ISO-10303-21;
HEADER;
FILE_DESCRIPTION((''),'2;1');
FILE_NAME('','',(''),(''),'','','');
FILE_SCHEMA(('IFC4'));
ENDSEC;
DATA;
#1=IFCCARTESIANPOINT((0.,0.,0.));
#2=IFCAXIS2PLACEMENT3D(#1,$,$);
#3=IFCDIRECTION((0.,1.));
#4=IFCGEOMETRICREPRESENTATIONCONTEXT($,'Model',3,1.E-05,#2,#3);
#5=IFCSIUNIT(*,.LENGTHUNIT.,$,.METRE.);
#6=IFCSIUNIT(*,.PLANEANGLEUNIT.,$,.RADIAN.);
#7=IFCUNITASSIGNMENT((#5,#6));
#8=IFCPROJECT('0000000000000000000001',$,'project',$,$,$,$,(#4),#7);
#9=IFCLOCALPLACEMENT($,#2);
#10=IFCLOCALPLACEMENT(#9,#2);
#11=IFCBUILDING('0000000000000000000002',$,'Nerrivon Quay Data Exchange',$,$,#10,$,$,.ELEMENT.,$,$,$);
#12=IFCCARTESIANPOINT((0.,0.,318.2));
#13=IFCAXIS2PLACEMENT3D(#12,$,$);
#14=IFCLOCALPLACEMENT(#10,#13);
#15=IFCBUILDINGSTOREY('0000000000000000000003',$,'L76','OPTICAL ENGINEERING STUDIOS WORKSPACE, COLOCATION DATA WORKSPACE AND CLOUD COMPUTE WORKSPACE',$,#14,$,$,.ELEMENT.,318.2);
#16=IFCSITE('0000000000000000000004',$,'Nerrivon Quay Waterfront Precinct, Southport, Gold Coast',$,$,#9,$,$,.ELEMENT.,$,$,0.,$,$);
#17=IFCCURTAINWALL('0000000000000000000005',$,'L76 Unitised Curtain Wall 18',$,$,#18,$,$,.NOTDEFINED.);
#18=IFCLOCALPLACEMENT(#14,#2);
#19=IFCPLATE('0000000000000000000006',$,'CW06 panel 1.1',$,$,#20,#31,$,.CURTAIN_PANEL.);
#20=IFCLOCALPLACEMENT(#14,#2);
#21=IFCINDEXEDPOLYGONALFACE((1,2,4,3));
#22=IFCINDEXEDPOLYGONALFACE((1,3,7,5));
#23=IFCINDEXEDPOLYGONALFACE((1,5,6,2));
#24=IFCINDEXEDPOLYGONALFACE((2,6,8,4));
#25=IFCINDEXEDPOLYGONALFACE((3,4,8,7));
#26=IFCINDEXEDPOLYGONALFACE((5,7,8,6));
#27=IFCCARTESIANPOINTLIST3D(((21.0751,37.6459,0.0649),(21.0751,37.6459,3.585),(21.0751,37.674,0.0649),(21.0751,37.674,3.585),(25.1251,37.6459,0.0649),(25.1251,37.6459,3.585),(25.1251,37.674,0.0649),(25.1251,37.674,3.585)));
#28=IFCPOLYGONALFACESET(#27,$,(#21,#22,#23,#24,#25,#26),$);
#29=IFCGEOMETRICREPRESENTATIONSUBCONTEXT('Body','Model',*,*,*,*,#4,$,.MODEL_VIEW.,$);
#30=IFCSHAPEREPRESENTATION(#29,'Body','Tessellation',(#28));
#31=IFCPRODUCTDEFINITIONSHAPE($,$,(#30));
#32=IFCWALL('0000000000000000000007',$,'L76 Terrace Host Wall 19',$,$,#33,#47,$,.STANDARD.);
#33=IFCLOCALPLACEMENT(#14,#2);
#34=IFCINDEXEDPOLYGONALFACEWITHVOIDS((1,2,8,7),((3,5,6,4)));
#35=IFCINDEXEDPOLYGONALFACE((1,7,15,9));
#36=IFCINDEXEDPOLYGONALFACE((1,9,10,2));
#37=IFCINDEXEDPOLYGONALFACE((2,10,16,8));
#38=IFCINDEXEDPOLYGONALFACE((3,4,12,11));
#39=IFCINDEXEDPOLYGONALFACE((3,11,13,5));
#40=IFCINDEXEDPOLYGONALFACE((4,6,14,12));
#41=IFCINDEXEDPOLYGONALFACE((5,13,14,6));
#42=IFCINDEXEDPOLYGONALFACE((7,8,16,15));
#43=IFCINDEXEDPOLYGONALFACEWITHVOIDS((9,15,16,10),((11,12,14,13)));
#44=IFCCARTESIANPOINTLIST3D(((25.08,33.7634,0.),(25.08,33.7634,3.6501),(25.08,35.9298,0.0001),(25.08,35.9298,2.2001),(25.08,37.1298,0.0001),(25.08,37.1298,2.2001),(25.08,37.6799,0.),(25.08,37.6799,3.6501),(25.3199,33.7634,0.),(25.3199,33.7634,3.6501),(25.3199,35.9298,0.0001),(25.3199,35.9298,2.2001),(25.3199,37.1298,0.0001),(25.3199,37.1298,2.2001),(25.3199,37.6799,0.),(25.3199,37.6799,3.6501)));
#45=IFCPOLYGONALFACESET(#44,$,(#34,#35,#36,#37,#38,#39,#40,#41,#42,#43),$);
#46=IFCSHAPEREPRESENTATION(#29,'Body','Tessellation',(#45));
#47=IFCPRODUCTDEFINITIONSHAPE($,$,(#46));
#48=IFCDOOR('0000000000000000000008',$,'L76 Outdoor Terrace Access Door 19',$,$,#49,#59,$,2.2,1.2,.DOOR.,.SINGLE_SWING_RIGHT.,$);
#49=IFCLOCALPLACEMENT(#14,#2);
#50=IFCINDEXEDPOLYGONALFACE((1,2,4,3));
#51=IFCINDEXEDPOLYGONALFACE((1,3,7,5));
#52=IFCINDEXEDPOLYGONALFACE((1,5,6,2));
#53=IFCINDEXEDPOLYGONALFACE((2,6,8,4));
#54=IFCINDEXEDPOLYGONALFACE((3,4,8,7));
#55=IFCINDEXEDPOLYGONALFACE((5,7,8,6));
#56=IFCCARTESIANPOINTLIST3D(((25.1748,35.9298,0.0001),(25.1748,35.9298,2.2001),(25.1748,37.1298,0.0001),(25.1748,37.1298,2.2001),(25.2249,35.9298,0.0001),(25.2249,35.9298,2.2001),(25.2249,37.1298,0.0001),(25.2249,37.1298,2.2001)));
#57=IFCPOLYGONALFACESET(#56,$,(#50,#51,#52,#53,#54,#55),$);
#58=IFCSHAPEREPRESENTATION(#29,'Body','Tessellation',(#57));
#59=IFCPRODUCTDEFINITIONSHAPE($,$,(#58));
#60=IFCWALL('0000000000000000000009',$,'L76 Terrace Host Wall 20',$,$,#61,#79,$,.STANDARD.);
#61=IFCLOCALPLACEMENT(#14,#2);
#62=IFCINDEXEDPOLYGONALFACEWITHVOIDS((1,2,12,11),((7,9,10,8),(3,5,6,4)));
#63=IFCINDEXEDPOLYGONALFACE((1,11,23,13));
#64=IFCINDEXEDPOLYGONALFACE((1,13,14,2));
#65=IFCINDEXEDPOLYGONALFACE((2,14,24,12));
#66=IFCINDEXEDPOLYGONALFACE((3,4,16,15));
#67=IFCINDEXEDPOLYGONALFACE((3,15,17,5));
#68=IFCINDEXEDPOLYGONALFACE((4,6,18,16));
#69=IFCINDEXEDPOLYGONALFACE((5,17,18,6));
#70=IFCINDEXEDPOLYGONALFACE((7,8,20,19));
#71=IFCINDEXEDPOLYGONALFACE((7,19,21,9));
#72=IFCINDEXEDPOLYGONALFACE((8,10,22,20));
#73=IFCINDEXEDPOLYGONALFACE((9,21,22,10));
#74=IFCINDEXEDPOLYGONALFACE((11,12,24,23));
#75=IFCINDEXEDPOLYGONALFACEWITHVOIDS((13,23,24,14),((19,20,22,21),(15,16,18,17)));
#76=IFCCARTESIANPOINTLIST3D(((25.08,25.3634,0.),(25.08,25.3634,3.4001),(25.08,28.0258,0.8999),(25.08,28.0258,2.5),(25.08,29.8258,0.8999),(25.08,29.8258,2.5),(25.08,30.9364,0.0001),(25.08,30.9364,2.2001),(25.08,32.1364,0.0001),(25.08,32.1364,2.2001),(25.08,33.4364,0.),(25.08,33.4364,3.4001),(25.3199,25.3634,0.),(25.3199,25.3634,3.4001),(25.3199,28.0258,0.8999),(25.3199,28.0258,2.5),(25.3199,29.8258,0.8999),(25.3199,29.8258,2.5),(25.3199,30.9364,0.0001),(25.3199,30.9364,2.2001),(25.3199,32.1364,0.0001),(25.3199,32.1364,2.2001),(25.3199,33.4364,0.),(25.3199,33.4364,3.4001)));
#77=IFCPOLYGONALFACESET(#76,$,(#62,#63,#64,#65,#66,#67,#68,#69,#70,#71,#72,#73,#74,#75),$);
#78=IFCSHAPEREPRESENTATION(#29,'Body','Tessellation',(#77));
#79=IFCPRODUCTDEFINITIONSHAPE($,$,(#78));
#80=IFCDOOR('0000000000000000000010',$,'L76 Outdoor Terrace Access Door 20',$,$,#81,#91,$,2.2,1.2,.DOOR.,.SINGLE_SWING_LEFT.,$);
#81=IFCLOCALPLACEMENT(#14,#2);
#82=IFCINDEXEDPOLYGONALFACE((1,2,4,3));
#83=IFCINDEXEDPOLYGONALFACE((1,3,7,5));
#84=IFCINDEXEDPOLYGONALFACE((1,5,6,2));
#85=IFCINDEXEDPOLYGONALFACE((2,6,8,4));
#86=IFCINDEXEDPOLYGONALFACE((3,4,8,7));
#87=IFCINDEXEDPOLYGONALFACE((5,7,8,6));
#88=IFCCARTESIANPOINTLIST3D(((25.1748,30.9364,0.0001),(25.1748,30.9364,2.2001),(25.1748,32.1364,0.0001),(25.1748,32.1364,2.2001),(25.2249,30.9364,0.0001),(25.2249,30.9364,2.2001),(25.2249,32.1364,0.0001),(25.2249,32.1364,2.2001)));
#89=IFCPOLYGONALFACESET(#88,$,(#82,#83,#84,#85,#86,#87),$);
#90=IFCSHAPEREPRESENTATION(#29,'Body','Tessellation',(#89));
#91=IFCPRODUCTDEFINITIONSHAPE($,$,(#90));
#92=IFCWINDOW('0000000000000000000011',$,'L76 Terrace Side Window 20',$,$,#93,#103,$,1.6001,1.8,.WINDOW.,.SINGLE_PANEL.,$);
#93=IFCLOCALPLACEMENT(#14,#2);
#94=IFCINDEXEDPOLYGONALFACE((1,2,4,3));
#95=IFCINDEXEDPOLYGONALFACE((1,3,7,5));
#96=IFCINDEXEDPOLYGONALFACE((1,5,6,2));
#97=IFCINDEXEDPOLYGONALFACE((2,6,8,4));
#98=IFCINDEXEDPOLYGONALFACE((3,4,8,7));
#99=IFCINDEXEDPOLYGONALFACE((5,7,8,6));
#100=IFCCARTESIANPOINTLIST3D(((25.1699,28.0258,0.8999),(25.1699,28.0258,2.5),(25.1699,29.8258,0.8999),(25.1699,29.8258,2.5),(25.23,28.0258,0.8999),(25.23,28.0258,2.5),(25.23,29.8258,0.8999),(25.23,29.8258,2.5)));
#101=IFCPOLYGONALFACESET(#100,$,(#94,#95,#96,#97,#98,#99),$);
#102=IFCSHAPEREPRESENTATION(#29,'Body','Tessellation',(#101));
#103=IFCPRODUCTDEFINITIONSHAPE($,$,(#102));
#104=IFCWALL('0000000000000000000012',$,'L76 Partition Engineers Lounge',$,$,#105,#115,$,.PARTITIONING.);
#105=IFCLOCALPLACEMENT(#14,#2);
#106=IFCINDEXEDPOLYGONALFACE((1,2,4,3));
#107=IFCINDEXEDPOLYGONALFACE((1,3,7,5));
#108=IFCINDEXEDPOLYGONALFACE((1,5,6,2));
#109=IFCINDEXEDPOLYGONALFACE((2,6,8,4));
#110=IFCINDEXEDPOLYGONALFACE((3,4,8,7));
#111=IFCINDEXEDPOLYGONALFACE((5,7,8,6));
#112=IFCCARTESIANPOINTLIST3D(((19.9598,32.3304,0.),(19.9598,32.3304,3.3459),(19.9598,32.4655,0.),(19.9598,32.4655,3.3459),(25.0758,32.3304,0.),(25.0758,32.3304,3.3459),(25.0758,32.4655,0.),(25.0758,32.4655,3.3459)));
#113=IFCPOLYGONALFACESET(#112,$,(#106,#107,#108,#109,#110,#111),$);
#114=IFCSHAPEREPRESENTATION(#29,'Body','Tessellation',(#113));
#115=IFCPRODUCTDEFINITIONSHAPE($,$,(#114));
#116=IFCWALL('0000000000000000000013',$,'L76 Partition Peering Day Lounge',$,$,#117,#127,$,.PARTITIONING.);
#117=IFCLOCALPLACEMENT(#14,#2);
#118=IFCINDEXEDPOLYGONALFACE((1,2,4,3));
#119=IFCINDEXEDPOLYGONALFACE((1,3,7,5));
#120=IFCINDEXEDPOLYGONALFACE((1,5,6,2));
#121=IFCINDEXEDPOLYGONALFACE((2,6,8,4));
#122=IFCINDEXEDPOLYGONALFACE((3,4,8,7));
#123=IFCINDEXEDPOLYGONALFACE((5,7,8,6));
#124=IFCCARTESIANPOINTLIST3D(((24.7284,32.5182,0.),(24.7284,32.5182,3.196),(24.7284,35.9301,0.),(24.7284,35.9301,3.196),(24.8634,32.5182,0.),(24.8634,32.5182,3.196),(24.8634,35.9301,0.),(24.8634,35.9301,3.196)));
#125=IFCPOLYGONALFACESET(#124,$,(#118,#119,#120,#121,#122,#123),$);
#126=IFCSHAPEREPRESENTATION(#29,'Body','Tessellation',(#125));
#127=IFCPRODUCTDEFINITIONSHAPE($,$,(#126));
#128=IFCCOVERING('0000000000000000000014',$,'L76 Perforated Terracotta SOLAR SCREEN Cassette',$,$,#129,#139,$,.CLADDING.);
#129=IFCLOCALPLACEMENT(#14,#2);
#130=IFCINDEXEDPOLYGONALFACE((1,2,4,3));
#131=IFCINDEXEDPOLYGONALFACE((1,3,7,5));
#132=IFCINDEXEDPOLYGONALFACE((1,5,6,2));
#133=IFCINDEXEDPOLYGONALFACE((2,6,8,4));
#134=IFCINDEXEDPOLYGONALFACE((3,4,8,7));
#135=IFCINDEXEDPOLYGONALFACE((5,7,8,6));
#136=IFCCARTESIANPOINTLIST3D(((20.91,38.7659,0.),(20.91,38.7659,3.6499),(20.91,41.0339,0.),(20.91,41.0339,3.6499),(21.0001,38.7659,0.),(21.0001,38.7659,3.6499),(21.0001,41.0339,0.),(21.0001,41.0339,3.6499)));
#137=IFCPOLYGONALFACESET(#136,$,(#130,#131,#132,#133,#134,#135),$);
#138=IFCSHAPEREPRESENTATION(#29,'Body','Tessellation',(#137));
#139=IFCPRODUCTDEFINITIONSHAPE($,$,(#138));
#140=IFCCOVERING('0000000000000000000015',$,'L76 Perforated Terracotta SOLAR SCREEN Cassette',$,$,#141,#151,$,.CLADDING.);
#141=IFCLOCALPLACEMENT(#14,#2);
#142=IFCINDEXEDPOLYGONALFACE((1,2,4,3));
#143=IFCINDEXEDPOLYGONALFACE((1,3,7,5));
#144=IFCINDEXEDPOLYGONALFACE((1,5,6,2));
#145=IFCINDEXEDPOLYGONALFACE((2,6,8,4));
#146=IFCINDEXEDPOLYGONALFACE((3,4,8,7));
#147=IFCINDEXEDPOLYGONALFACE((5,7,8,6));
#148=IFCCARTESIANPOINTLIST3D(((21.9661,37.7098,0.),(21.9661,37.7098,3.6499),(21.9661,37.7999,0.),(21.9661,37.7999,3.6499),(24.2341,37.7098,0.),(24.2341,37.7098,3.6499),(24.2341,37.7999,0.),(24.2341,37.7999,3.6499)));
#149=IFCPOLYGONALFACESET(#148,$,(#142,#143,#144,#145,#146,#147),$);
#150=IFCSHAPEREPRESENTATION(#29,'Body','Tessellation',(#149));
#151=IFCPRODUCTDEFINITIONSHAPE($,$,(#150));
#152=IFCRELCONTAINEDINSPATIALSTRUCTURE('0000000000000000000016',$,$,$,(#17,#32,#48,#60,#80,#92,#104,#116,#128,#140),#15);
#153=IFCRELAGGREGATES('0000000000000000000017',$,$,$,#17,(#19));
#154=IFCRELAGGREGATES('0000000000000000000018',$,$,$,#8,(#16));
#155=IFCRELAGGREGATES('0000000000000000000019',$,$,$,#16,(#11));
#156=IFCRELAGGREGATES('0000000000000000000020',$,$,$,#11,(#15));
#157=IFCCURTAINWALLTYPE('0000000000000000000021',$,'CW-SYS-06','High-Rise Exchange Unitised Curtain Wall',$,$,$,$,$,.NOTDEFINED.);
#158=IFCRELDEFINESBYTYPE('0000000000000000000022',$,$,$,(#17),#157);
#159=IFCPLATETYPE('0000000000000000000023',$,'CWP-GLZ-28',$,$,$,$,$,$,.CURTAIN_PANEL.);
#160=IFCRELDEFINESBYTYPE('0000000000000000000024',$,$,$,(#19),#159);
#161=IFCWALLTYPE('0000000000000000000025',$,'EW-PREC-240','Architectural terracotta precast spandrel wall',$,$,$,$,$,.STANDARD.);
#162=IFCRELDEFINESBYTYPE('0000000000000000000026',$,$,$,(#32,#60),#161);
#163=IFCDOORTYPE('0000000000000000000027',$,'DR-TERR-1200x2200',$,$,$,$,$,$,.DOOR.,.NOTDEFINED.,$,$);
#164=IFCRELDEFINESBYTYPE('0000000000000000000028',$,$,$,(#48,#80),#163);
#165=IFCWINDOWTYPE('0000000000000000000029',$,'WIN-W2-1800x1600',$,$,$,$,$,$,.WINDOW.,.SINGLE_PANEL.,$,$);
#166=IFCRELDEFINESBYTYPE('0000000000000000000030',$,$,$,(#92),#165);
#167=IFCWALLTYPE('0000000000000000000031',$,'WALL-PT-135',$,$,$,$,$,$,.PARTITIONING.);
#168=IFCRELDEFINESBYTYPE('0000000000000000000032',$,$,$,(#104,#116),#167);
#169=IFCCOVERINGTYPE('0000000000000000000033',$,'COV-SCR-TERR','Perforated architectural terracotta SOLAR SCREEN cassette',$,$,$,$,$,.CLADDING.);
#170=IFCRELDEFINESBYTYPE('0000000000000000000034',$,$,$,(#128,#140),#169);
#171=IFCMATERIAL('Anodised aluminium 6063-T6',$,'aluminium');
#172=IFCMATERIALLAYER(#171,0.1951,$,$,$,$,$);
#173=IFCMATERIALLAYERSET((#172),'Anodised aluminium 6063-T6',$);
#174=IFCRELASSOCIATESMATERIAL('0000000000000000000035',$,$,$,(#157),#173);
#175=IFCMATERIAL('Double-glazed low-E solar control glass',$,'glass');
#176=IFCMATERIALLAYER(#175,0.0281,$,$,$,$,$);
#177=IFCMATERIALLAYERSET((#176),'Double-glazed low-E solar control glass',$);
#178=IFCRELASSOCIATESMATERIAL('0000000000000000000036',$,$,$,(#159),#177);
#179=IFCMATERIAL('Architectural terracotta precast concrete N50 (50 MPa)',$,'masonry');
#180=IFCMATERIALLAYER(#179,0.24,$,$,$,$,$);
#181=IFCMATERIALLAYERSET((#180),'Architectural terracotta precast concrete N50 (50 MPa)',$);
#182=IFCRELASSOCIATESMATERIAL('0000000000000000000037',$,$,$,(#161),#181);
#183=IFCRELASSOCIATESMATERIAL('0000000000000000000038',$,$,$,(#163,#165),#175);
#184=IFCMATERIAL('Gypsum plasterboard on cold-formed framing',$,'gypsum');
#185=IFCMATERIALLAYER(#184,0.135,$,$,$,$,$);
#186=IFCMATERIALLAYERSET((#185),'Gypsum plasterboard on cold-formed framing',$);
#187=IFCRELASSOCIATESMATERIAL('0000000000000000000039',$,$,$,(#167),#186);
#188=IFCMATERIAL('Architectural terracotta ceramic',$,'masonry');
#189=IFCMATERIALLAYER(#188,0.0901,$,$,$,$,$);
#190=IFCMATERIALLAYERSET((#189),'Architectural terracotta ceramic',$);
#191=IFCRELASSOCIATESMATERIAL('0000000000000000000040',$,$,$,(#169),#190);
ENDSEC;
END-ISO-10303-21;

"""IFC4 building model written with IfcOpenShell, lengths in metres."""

from ifc_helpers import new_model, si_unit, direction, frame, frame_2d, origin, origin_2d, place, context, subcontext, project, spatial, rectangle, extrude, material, layer, layer_set, type_object, element, fill, aggregate, save


model = new_model("IFC4")

# Units and contexts
model_context = context("Model", 3, precision=1e-05, world=origin(), true_north=direction((0.0, 1.0)))
body_context = subcontext(model_context, "Body", "Model", "MODEL_VIEW")
ifc_project = project(units=[si_unit("LENGTHUNIT", "METRE"), si_unit("PLANEANGLEUNIT", "RADIAN")], contexts=[model_context])

# Site, building, storey
site_placement = place(None, origin())
site = spatial("IfcSite", under=ifc_project, at=site_placement, Name="Nerrivon Quay Waterfront Precinct, Southport, Gold Coast", CompositionType="ELEMENT", RefElevation=0.0)
building_placement = place(site_placement, origin())
building = spatial("IfcBuilding", under=site, at=building_placement, Name="Nerrivon Quay Data Exchange", CompositionType="ELEMENT")
storey_placement = place(building_placement, frame((0.0, 0.0, 318.2)))
storey = spatial("IfcBuildingStorey", under=building, at=storey_placement, Name="L76", Description="OPTICAL ENGINEERING STUDIOS WORKSPACE, COLOCATION DATA WORKSPACE AND CLOUD COMPUTE WORKSPACE", CompositionType="ELEMENT", Elevation=318.2)

# Shared definitions
ifc_material_1 = material(Name="Anodised aluminium 6063-T6", Category="aluminium")
ifc_layer_1 = layer(ifc_material_1, 0.1951)
ifc_layer_set_1 = layer_set([ifc_layer_1], Name="Anodised aluminium 6063-T6")
curtain_wall_type = type_object("IfcCurtainWallType", Name="CW-SYS-06", Description="High-Rise Exchange Unitised Curtain Wall", PredefinedType="NOTDEFINED", material=ifc_layer_set_1)

# Curtain wall
curtain_wall_1_placement = place(storey_placement, origin())
curtain_wall_1 = element("IfcCurtainWall", 1, at=curtain_wall_1_placement, inside=storey, type_object=curtain_wall_type, Name="L76 Unitised Curtain Wall 18", PredefinedType="NOTDEFINED")

# Plate
ifc_material_2 = material(Name="Double-glazed low-E solar control glass", Category="glass")
ifc_layer_2 = layer(ifc_material_2, 0.0281)
ifc_layer_set_2 = layer_set([ifc_layer_2], Name="Double-glazed low-E solar control glass")
plate_type = type_object("IfcPlateType", Name="CWP-GLZ-28", PredefinedType="CURTAIN_PANEL", material=ifc_layer_set_2)
plate_placement = place(storey_placement, frame((23.1001, 37.6599, 0.0649), z_axis=(0.0, 0.0, 1.0), x_axis=(1.0, 0.0, 0.0)))
plate = element("IfcPlate", 2, at=plate_placement, type_object=plate_type, Name="CW06 panel 1.1", PredefinedType="CURTAIN_PANEL", context=body_context, shape_type="SweptSolid", body=[
    extrude(rectangle(XDim=4.05, YDim=0.0281, at=origin_2d()), origin(), (0.0, 0.0, 1.0), 3.52),
])
aggregate(curtain_wall_1, [plate])

# Wall, opening, door
ifc_material_3 = material(Name="Architectural terracotta precast concrete N50 (50 MPa)", Category="masonry")
ifc_layer_3 = layer(ifc_material_3, 0.24)
ifc_layer_set_3 = layer_set([ifc_layer_3], Name="Architectural terracotta precast concrete N50 (50 MPa)")
wall_type_1 = type_object("IfcWallType", Name="EW-PREC-240", Description="Architectural terracotta precast spandrel wall", PredefinedType="STANDARD", material=ifc_layer_set_3)
wall_1_placement = place(storey_placement, frame((25.2, 37.6799, 0.0), z_axis=(0.0, 0.0, 1.0), x_axis=(0.0, -1.0, 0.0)))
wall_1 = element("IfcWall", 3, at=wall_1_placement, inside=storey, type_object=wall_type_1, Name="L76 Terrace Host Wall 19", PredefinedType="STANDARD", context=body_context, shape_type="SweptSolid", body=[
    extrude(rectangle(XDim=3.9165, YDim=0.24, at=frame_2d((1.9583, 0.0))), origin(), (0.0, 0.0, 1.0), 3.6501),
])
opening_1_placement = place(wall_1_placement, frame((0.55, 0.0, 0.0)))
opening_1 = element("IfcOpeningElement", 4, at=opening_1_placement, cuts=wall_1, PredefinedType="OPENING", context=body_context, shape_type="SweptSolid", body=[
    extrude(rectangle(XDim=1.2, YDim=2.2, at=frame_2d((0.6001, 1.1001))), frame((0.0, 0.1299, 0.0), z_axis=(0.0, -1.0, 0.0), x_axis=(1.0, 0.0, 0.0)), (0.0, 0.0, 1.0), 0.26),
])
door_type = type_object("IfcDoorType", Name="DR-TERR-1200x2200", OperationType="NOTDEFINED", PredefinedType="DOOR", material=ifc_material_2)
door_1_placement = place(opening_1_placement, origin())
door_1 = element("IfcDoor", 5, at=door_1_placement, inside=storey, type_object=door_type, Name="L76 Outdoor Terrace Access Door 19", OperationType="SINGLE_SWING_RIGHT", OverallHeight=2.2, OverallWidth=1.2, PredefinedType="DOOR", context=body_context, shape_type="SweptSolid", body=[
    extrude(rectangle(XDim=1.2, YDim=2.2, at=frame_2d((0.6001, 1.1001))), frame((0.0, 0.0249, 0.0), z_axis=(0.0, -1.0, 0.0), x_axis=(1.0, 0.0, 0.0)), (0.0, 0.0, 1.0), 0.05),
])
fill(opening_1, door_1)

# Wall, openings, door, window
wall_2_placement = place(storey_placement, frame((25.2, 33.4365, 0.0), z_axis=(0.0, 0.0, 1.0), x_axis=(0.0, -1.0, 0.0)))
wall_2 = element("IfcWall", 6, at=wall_2_placement, inside=storey, type_object=wall_type_1, Name="L76 Terrace Host Wall 20", PredefinedType="STANDARD", context=body_context, shape_type="SweptSolid", body=[
    extrude(rectangle(XDim=8.073, YDim=0.24, at=frame_2d((4.0366, 0.0))), origin(), (0.0, 0.0, 1.0), 3.4001),
])
opening_2_placement = place(wall_2_placement, frame((1.3, 0.0, 0.0)))
opening_2 = element("IfcOpeningElement", 7, at=opening_2_placement, cuts=wall_2, PredefinedType="OPENING", context=body_context, shape_type="SweptSolid", body=[
    extrude(rectangle(XDim=1.2, YDim=2.2, at=frame_2d((0.6001, 1.1001))), frame((0.0, 0.1299, 0.0), z_axis=(0.0, -1.0, 0.0), x_axis=(1.0, 0.0, 0.0)), (0.0, 0.0, 1.0), 0.26),
])
opening_3_placement = place(wall_2_placement, frame((3.6108, 0.0, 0.8999)))
opening_3 = element("IfcOpeningElement", 8, at=opening_3_placement, cuts=wall_2, PredefinedType="OPENING", context=body_context, shape_type="SweptSolid", body=[
    extrude(rectangle(XDim=1.8, YDim=1.6001, at=frame_2d((0.8999, 0.8))), frame((0.0, 0.1299, 0.0), z_axis=(0.0, -1.0, 0.0), x_axis=(1.0, 0.0, 0.0)), (0.0, 0.0, 1.0), 0.26),
])
door_2_placement = place(opening_2_placement, origin())
door_2 = element("IfcDoor", 9, at=door_2_placement, inside=storey, type_object=door_type, Name="L76 Outdoor Terrace Access Door 20", OperationType="SINGLE_SWING_LEFT", OverallHeight=2.2, OverallWidth=1.2, PredefinedType="DOOR", context=body_context, shape_type="SweptSolid", body=[
    extrude(rectangle(XDim=1.2, YDim=2.2, at=frame_2d((0.6001, 1.1001))), frame((0.0, 0.0249, 0.0), z_axis=(0.0, -1.0, 0.0), x_axis=(1.0, 0.0, 0.0)), (0.0, 0.0, 1.0), 0.05),
])
fill(opening_2, door_2)
window_type = type_object("IfcWindowType", Name="WIN-W2-1800x1600", PartitioningType="SINGLE_PANEL", PredefinedType="WINDOW", material=ifc_material_2)
window_placement = place(opening_3_placement, origin())
window = element("IfcWindow", 10, at=window_placement, inside=storey, type_object=window_type, Name="L76 Terrace Side Window 20", OverallHeight=1.6001, OverallWidth=1.8, PartitioningType="SINGLE_PANEL", PredefinedType="WINDOW", context=body_context, shape_type="SweptSolid", body=[
    extrude(rectangle(XDim=1.8, YDim=1.6001, at=frame_2d((0.8999, 0.8))), frame((0.0, 0.03, 0.0), z_axis=(0.0, -1.0, 0.0), x_axis=(1.0, 0.0, 0.0)), (0.0, 0.0, 1.0), 0.0601),
])
fill(opening_3, window)

# Walls
ifc_material_4 = material(Name="Gypsum plasterboard on cold-formed framing", Category="gypsum")
ifc_layer_4 = layer(ifc_material_4, 0.135)
ifc_layer_set_4 = layer_set([ifc_layer_4], Name="Gypsum plasterboard on cold-formed framing")
wall_type_2 = type_object("IfcWallType", Name="WALL-PT-135", PredefinedType="PARTITIONING", material=ifc_layer_set_4)
wall_3_placement = place(storey_placement, frame((25.0759, 32.3979, 0.0), z_axis=(0.0, 0.0, 1.0), x_axis=(-1.0, 0.0, 0.0)))
element("IfcWall", 11, at=wall_3_placement, inside=storey, type_object=wall_type_2, Name="L76 Partition Engineers Lounge", PredefinedType="PARTITIONING", context=body_context, shape_type="SweptSolid", body=[
    extrude(rectangle(XDim=5.116, YDim=0.135, at=frame_2d((2.5581, 0.0))), origin(), (0.0, 0.0, 1.0), 3.3459),
])
wall_4_placement = place(storey_placement, frame((24.7959, 32.5181, 0.0), z_axis=(0.0, 0.0, 1.0), x_axis=(0.0, 1.0, 0.0)))
element("IfcWall", 12, at=wall_4_placement, inside=storey, type_object=wall_type_2, Name="L76 Partition Peering Day Lounge", PredefinedType="PARTITIONING", context=body_context, shape_type="SweptSolid", body=[
    extrude(rectangle(XDim=3.4119, YDim=0.135, at=frame_2d((1.7061, 0.0))), origin(), (0.0, 0.0, 1.0), 3.196),
])

# Coverings
ifc_material_5 = material(Name="Architectural terracotta ceramic", Category="masonry")
ifc_layer_5 = layer(ifc_material_5, 0.0901)
ifc_layer_set_5 = layer_set([ifc_layer_5], Name="Architectural terracotta ceramic")
covering_type = type_object("IfcCoveringType", Name="COV-SCR-TERR", Description="Perforated architectural terracotta SOLAR SCREEN cassette", PredefinedType="CLADDING", material=ifc_layer_set_5)
for number, where, z_axis, x_axis, name in (
    (13, (20.9551, 39.8999, 0.0), (0.0, 0.0, 1.0), (0.0, -1.0, 0.0), "L76 Perforated Terracotta SOLAR SCREEN Cassette"),
    (14, (23.1001, 37.7549, 0.0), (0.0, 0.0, 1.0), (1.0, 0.0, 0.0), "L76 Perforated Terracotta SOLAR SCREEN Cassette"),
):
    element("IfcCovering", number, at=place(storey_placement, frame(where, z_axis=z_axis, x_axis=x_axis)), inside=storey, type_object=covering_type, Name=name, PredefinedType="CLADDING", context=body_context, shape_type="SweptSolid", body=[
        extrude(rectangle(XDim=2.2681, YDim=0.0901, at=origin_2d()), origin(), (0.0, 0.0, 1.0), 3.6499),
    ])

save(model, "model.ifc")
